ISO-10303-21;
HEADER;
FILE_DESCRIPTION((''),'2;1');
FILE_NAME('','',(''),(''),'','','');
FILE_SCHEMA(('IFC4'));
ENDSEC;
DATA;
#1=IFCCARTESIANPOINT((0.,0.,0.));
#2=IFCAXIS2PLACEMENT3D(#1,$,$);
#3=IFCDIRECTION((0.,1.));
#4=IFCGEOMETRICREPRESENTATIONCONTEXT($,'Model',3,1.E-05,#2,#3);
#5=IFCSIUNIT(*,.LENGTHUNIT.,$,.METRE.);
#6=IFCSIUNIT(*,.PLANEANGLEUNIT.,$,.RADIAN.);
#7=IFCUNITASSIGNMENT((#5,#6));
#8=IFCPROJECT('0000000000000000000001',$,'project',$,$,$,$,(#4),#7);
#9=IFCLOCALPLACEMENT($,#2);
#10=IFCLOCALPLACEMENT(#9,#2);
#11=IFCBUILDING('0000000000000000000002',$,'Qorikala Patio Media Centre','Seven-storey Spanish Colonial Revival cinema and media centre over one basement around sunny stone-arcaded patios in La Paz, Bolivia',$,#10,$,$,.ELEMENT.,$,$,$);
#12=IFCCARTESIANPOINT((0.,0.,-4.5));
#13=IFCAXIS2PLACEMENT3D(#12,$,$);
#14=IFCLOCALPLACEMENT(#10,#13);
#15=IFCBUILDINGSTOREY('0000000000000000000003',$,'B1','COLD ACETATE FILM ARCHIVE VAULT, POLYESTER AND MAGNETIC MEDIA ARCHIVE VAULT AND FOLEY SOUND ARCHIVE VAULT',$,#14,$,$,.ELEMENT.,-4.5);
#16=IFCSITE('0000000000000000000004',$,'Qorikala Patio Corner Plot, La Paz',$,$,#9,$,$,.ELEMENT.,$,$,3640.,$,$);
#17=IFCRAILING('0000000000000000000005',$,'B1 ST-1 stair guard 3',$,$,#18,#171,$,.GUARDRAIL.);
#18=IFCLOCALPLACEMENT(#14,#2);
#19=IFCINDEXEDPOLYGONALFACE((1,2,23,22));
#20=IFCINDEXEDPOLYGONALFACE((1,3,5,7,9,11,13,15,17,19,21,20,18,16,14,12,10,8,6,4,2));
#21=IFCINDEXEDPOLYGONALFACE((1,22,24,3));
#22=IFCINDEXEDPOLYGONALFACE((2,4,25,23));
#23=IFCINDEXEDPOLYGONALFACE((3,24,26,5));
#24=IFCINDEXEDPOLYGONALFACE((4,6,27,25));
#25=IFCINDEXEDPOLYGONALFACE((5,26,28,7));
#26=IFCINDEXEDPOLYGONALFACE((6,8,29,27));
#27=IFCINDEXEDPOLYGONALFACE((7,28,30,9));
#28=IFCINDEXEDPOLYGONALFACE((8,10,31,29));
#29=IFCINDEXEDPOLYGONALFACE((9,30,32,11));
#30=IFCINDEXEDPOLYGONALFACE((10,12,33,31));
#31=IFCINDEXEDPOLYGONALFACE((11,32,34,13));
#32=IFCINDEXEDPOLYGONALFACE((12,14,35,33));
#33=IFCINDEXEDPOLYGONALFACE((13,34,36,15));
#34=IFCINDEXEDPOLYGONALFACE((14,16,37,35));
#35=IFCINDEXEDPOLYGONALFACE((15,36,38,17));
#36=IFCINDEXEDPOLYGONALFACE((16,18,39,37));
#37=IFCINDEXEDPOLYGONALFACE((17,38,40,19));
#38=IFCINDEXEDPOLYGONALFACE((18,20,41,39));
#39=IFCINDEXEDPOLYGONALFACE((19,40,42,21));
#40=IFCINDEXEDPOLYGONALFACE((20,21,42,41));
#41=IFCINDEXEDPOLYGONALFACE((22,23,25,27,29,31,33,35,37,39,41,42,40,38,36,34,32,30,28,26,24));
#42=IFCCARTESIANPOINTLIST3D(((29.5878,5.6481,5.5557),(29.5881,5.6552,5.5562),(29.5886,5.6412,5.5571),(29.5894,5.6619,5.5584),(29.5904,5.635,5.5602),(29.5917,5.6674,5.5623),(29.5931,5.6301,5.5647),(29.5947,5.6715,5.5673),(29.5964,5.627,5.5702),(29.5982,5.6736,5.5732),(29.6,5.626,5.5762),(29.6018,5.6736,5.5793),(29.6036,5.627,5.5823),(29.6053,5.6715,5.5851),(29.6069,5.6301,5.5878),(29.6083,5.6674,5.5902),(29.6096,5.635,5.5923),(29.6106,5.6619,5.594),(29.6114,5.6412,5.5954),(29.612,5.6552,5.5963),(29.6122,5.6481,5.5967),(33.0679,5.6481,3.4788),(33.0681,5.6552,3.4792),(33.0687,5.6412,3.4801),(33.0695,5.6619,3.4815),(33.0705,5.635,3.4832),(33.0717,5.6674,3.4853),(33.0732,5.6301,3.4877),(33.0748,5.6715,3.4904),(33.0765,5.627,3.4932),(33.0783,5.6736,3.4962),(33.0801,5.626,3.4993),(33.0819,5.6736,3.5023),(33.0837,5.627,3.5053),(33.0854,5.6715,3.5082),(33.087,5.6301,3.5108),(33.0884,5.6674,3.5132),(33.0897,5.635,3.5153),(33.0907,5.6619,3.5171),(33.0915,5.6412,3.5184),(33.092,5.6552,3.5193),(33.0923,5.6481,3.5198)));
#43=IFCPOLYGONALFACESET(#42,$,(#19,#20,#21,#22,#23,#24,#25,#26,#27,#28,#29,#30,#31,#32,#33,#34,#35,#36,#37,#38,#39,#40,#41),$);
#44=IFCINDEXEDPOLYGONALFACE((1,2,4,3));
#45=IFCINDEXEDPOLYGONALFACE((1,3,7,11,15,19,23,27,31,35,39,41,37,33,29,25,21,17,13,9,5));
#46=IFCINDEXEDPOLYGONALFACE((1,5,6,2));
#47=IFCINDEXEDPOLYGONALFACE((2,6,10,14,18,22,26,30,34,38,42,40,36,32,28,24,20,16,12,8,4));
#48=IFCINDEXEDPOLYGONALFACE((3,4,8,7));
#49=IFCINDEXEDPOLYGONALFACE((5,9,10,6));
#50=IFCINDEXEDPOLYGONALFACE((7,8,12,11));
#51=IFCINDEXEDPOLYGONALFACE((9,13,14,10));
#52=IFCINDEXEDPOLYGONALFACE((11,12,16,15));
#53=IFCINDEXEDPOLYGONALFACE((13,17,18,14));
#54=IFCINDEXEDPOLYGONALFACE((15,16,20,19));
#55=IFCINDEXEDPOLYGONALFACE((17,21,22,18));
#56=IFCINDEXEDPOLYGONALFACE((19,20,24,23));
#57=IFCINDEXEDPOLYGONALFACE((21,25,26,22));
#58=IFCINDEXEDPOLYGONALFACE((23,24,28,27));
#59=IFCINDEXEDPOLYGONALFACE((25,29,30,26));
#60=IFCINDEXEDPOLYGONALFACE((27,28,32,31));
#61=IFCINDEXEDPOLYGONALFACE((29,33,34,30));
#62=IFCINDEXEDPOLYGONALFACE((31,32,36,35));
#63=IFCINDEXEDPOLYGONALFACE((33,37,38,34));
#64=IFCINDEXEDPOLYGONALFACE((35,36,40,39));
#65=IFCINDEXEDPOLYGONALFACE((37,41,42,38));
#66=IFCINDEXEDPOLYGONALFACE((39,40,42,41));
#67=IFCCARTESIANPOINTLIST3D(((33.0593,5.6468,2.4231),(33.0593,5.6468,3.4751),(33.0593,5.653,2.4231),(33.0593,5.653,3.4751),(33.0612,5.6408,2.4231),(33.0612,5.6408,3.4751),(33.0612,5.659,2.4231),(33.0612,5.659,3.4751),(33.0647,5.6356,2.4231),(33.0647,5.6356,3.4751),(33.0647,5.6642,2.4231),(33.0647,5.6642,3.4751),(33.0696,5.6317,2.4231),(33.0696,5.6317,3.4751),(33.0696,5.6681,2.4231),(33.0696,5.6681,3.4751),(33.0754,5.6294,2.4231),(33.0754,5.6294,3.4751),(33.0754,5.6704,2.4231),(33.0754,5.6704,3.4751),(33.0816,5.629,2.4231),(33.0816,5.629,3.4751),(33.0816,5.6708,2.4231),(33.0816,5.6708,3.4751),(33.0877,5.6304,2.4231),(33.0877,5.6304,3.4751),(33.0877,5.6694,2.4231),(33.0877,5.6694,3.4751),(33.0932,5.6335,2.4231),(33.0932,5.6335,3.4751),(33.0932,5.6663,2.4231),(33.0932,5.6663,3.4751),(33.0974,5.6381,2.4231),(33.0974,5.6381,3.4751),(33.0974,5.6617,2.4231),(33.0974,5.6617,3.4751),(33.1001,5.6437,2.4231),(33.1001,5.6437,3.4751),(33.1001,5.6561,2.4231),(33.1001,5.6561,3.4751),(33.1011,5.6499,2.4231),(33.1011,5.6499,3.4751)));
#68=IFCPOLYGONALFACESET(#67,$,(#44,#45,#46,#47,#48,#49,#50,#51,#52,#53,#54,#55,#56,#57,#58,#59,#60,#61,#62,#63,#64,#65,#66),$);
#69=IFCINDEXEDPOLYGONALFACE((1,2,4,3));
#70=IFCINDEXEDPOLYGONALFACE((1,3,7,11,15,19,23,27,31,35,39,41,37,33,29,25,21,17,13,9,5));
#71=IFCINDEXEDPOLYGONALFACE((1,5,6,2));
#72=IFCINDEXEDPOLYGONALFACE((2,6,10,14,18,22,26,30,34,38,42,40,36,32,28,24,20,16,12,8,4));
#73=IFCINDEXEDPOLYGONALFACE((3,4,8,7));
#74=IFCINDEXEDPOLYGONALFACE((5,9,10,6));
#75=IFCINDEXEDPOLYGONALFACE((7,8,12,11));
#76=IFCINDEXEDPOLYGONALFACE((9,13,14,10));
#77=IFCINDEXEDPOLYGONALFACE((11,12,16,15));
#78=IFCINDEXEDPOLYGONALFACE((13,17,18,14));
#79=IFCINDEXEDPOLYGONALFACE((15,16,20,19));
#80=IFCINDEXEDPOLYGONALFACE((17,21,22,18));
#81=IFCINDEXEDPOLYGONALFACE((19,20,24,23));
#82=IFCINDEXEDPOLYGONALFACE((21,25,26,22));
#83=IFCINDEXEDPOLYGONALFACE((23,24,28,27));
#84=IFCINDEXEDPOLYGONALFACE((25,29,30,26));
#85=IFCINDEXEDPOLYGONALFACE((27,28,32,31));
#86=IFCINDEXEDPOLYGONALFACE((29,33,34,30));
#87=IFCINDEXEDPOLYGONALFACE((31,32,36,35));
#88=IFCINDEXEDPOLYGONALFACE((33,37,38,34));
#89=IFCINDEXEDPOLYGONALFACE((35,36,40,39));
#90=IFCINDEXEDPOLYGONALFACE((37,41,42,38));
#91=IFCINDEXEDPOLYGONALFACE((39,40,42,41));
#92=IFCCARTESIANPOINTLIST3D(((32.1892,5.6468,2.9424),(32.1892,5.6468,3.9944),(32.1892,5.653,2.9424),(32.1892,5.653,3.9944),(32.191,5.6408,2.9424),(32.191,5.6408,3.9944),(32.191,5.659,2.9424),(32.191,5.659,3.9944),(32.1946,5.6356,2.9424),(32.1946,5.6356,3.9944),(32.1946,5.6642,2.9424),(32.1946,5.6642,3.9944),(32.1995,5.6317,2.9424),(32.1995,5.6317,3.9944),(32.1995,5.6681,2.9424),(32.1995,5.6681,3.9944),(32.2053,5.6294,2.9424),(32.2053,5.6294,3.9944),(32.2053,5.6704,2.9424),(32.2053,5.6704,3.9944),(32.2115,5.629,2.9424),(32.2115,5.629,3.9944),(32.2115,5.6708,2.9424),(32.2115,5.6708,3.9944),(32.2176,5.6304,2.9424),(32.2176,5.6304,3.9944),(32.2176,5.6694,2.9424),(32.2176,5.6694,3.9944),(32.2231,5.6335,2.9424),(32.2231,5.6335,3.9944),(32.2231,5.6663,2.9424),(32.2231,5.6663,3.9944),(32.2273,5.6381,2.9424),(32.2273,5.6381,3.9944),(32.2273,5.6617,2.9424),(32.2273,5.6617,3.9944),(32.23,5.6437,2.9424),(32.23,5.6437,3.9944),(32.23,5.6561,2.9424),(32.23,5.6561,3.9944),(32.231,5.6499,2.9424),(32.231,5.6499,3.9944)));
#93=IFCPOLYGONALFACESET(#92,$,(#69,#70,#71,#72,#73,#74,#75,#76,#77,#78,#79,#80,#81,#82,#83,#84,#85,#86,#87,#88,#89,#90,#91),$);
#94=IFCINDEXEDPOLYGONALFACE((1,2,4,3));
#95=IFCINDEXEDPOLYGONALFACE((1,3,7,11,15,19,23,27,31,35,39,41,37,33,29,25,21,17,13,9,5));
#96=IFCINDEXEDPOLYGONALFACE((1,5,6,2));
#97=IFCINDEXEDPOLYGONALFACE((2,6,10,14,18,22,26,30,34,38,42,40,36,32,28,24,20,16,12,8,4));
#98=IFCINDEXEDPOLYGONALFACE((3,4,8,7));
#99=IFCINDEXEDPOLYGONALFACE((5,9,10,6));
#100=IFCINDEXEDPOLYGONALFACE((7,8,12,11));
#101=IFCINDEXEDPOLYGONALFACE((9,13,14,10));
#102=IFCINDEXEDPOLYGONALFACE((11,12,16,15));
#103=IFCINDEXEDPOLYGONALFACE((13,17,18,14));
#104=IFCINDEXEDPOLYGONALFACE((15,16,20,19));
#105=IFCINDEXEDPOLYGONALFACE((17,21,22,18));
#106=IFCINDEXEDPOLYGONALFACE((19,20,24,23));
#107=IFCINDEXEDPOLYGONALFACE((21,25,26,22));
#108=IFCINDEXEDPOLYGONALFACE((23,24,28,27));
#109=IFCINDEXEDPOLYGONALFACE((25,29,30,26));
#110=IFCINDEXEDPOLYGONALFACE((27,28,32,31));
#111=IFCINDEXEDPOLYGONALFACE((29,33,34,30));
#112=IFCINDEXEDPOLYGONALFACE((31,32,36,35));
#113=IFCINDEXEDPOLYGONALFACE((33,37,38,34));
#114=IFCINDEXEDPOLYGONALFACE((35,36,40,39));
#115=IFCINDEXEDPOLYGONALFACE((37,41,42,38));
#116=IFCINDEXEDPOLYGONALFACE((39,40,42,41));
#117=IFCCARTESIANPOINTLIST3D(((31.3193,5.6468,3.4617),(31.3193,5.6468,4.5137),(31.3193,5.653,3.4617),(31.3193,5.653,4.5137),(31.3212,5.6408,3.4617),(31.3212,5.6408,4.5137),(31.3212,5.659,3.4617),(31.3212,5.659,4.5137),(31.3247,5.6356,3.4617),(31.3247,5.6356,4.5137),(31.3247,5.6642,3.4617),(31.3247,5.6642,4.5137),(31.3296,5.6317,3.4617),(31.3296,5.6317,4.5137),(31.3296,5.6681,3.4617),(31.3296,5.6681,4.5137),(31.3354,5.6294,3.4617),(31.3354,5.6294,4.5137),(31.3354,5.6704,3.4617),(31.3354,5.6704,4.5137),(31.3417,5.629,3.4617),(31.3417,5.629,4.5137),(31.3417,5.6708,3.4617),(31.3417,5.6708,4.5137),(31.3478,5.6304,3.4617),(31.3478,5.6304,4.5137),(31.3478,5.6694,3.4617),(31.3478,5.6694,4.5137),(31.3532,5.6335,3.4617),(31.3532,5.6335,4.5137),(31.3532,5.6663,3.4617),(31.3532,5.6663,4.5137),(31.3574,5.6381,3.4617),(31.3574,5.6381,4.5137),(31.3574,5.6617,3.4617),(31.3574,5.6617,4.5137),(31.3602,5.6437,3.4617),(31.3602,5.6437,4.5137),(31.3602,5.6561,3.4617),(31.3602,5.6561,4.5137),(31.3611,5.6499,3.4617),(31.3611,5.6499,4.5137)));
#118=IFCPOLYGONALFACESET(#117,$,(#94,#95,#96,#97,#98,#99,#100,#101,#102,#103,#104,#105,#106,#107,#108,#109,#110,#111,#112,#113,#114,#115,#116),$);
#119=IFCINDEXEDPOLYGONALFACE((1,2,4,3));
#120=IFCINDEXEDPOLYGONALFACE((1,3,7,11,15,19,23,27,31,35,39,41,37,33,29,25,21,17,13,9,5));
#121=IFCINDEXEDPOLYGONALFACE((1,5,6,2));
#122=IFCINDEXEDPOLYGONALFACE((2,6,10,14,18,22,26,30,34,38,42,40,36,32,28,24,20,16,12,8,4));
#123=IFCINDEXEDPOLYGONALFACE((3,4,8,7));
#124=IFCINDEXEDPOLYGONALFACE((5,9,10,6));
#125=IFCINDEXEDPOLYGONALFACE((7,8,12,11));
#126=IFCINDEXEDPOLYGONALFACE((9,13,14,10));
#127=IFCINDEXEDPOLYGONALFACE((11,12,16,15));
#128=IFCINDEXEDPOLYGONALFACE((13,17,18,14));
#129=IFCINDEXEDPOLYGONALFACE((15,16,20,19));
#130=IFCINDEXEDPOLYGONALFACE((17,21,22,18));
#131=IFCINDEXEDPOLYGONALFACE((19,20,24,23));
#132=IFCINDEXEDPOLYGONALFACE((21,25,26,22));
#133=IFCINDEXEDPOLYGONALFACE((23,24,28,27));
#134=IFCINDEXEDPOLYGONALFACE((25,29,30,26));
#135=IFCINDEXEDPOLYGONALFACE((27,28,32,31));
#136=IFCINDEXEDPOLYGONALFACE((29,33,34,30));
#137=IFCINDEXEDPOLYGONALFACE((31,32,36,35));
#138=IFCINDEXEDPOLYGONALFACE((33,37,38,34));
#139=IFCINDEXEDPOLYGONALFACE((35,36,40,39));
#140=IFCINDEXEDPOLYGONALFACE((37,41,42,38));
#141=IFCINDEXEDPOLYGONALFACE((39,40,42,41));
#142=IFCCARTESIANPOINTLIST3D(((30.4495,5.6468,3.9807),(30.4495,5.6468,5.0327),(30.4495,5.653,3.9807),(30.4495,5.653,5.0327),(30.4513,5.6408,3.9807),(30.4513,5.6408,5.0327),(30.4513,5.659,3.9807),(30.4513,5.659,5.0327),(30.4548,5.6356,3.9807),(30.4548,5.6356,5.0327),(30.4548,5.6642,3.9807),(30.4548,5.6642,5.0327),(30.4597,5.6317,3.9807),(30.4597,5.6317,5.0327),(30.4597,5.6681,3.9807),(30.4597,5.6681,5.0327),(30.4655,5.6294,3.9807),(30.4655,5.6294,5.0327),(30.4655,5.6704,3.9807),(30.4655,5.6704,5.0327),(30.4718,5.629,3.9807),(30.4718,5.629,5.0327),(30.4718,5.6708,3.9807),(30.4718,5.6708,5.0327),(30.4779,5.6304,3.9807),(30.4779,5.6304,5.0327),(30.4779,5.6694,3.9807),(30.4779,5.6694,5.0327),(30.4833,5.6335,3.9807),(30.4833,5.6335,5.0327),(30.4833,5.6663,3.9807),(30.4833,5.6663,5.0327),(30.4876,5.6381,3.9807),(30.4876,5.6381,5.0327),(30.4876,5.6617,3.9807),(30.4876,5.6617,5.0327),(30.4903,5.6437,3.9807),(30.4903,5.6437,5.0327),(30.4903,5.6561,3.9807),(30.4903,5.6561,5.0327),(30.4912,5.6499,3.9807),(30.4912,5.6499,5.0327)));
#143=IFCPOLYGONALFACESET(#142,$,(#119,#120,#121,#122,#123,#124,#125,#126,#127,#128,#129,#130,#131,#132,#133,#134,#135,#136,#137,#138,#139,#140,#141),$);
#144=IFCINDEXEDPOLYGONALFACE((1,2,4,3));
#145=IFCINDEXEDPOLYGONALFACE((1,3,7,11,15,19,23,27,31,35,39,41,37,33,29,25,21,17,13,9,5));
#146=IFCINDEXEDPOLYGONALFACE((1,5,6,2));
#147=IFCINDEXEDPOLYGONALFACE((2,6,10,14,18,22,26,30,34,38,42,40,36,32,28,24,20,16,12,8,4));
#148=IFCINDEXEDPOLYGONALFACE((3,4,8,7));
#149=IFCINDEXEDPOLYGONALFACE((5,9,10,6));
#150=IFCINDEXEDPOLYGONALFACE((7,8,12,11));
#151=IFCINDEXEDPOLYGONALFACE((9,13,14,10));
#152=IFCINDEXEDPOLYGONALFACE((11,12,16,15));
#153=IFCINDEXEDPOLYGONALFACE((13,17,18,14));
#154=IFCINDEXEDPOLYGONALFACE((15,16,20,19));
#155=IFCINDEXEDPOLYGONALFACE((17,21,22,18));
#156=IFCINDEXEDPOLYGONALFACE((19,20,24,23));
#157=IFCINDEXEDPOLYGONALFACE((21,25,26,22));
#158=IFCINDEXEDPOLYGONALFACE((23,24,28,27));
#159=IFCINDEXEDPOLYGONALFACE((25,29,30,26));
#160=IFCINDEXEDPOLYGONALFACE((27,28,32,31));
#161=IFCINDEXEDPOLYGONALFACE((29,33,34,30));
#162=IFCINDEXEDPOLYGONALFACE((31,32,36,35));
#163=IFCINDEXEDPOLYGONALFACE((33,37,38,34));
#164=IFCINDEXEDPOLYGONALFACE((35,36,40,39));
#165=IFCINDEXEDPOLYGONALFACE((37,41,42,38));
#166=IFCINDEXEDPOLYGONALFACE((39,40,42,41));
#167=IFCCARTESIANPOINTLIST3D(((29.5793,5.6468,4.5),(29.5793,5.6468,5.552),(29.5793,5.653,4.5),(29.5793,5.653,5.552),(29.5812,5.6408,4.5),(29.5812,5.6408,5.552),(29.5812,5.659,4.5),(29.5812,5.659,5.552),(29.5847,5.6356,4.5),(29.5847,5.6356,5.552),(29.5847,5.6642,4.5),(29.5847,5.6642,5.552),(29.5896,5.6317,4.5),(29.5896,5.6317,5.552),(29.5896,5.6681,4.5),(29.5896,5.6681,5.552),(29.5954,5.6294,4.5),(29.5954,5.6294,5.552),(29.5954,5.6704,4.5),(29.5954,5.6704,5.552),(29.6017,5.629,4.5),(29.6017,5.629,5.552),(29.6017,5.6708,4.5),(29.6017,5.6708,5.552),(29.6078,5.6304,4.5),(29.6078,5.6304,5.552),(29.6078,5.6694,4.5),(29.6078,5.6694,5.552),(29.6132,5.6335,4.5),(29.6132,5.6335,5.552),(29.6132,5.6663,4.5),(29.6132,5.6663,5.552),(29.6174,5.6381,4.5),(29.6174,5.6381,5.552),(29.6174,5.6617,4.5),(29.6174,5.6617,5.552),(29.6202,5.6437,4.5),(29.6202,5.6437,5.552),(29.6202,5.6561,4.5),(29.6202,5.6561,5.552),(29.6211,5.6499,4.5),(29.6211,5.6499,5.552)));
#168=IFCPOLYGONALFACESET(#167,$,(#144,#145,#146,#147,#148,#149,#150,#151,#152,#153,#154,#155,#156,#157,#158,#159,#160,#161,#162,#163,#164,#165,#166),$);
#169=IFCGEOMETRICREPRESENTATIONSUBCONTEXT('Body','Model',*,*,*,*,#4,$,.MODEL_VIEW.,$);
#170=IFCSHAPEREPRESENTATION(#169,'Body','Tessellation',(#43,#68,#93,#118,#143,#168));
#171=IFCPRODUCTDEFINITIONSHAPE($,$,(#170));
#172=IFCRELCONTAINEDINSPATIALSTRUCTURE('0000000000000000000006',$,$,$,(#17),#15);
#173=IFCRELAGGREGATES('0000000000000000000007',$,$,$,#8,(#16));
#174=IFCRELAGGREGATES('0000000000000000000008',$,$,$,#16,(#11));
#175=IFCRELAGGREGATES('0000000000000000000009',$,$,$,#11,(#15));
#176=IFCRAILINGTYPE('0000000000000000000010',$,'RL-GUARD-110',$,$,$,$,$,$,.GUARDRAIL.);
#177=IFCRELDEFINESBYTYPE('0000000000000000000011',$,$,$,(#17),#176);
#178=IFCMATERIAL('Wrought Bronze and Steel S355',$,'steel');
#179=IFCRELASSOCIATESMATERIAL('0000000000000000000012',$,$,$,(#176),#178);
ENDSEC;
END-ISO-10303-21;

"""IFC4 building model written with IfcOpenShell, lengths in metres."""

from ifc_helpers import new_model, si_unit, direction, frame, origin, origin_2d, place, context, subcontext, project, spatial, circle, extrude, material, type_object, element, save


model = new_model("IFC4")

# Units and contexts
model_context = context("Model", 3, precision=1e-05, world=origin(), true_north=direction((0.0, 1.0)))
body_context = subcontext(model_context, "Body", "Model", "MODEL_VIEW")
ifc_project = project(units=[si_unit("LENGTHUNIT", "METRE"), si_unit("PLANEANGLEUNIT", "RADIAN")], contexts=[model_context])

# Site, building, storey
site_placement = place(None, origin())
site = spatial("IfcSite", under=ifc_project, at=site_placement, Name="Qorikala Patio Corner Plot, La Paz", CompositionType="ELEMENT", RefElevation=3640.0)
building_placement = place(site_placement, origin())
building = spatial("IfcBuilding", under=site, at=building_placement, Name="Qorikala Patio Media Centre", Description="Seven-storey Spanish Colonial Revival cinema and media centre over one basement around sunny stone-arcaded patios in La Paz, Bolivia", CompositionType="ELEMENT")
storey_placement = place(building_placement, frame((0.0, 0.0, -4.5)))
storey = spatial("IfcBuildingStorey", under=building, at=storey_placement, Name="B1", Description="COLD ACETATE FILM ARCHIVE VAULT, POLYESTER AND MAGNETIC MEDIA ARCHIVE VAULT AND FOLEY SOUND ARCHIVE VAULT", CompositionType="ELEMENT", Elevation=-4.5)

# Railing
ifc_material_1 = material(Name="Wrought Bronze and Steel S355", Category="steel")
railing_type_1 = type_object("IfcRailingType", Name="RL-GUARD-110", PredefinedType="GUARDRAIL", material=ifc_material_1)
railing_1_placement = place(storey_placement, frame((33.0801, 5.6499, 2.4231)))
element("IfcRailing", 1, at=railing_1_placement, inside=storey, type_object=railing_type_1, Name="B1 ST-1 stair guard 3", PredefinedType="GUARDRAIL", context=body_context, shape_type="SweptSolid", body=[
    extrude(circle(Radius=0.0239, at=origin_2d()), frame((0.0, 0.0, 1.0762), z_axis=(-0.858697, 0.0, 0.512483), x_axis=(0.0, -1.0, 0.0)), (0.0, 0.0, 1.0), 4.0527),
    extrude(circle(Radius=0.021, at=origin_2d()), origin(), (0.0, 0.0, 1.0), 1.052),
    extrude(circle(Radius=0.021, at=origin_2d()), frame((-0.8701, 0.0, 0.5193)), (0.0, 0.0, 1.0), 1.052),
    extrude(circle(Radius=0.021, at=origin_2d()), frame((-1.74, 0.0, 1.0386)), (0.0, 0.0, 1.0), 1.052),
    extrude(circle(Radius=0.021, at=origin_2d()), frame((-2.6099, 0.0, 1.5576)), (0.0, 0.0, 1.0), 1.052),
    extrude(circle(Radius=0.021, at=origin_2d()), frame((-3.48, 0.0, 2.0769)), (0.0, 0.0, 1.0), 1.052),
])

save(model, "model.ifc")
